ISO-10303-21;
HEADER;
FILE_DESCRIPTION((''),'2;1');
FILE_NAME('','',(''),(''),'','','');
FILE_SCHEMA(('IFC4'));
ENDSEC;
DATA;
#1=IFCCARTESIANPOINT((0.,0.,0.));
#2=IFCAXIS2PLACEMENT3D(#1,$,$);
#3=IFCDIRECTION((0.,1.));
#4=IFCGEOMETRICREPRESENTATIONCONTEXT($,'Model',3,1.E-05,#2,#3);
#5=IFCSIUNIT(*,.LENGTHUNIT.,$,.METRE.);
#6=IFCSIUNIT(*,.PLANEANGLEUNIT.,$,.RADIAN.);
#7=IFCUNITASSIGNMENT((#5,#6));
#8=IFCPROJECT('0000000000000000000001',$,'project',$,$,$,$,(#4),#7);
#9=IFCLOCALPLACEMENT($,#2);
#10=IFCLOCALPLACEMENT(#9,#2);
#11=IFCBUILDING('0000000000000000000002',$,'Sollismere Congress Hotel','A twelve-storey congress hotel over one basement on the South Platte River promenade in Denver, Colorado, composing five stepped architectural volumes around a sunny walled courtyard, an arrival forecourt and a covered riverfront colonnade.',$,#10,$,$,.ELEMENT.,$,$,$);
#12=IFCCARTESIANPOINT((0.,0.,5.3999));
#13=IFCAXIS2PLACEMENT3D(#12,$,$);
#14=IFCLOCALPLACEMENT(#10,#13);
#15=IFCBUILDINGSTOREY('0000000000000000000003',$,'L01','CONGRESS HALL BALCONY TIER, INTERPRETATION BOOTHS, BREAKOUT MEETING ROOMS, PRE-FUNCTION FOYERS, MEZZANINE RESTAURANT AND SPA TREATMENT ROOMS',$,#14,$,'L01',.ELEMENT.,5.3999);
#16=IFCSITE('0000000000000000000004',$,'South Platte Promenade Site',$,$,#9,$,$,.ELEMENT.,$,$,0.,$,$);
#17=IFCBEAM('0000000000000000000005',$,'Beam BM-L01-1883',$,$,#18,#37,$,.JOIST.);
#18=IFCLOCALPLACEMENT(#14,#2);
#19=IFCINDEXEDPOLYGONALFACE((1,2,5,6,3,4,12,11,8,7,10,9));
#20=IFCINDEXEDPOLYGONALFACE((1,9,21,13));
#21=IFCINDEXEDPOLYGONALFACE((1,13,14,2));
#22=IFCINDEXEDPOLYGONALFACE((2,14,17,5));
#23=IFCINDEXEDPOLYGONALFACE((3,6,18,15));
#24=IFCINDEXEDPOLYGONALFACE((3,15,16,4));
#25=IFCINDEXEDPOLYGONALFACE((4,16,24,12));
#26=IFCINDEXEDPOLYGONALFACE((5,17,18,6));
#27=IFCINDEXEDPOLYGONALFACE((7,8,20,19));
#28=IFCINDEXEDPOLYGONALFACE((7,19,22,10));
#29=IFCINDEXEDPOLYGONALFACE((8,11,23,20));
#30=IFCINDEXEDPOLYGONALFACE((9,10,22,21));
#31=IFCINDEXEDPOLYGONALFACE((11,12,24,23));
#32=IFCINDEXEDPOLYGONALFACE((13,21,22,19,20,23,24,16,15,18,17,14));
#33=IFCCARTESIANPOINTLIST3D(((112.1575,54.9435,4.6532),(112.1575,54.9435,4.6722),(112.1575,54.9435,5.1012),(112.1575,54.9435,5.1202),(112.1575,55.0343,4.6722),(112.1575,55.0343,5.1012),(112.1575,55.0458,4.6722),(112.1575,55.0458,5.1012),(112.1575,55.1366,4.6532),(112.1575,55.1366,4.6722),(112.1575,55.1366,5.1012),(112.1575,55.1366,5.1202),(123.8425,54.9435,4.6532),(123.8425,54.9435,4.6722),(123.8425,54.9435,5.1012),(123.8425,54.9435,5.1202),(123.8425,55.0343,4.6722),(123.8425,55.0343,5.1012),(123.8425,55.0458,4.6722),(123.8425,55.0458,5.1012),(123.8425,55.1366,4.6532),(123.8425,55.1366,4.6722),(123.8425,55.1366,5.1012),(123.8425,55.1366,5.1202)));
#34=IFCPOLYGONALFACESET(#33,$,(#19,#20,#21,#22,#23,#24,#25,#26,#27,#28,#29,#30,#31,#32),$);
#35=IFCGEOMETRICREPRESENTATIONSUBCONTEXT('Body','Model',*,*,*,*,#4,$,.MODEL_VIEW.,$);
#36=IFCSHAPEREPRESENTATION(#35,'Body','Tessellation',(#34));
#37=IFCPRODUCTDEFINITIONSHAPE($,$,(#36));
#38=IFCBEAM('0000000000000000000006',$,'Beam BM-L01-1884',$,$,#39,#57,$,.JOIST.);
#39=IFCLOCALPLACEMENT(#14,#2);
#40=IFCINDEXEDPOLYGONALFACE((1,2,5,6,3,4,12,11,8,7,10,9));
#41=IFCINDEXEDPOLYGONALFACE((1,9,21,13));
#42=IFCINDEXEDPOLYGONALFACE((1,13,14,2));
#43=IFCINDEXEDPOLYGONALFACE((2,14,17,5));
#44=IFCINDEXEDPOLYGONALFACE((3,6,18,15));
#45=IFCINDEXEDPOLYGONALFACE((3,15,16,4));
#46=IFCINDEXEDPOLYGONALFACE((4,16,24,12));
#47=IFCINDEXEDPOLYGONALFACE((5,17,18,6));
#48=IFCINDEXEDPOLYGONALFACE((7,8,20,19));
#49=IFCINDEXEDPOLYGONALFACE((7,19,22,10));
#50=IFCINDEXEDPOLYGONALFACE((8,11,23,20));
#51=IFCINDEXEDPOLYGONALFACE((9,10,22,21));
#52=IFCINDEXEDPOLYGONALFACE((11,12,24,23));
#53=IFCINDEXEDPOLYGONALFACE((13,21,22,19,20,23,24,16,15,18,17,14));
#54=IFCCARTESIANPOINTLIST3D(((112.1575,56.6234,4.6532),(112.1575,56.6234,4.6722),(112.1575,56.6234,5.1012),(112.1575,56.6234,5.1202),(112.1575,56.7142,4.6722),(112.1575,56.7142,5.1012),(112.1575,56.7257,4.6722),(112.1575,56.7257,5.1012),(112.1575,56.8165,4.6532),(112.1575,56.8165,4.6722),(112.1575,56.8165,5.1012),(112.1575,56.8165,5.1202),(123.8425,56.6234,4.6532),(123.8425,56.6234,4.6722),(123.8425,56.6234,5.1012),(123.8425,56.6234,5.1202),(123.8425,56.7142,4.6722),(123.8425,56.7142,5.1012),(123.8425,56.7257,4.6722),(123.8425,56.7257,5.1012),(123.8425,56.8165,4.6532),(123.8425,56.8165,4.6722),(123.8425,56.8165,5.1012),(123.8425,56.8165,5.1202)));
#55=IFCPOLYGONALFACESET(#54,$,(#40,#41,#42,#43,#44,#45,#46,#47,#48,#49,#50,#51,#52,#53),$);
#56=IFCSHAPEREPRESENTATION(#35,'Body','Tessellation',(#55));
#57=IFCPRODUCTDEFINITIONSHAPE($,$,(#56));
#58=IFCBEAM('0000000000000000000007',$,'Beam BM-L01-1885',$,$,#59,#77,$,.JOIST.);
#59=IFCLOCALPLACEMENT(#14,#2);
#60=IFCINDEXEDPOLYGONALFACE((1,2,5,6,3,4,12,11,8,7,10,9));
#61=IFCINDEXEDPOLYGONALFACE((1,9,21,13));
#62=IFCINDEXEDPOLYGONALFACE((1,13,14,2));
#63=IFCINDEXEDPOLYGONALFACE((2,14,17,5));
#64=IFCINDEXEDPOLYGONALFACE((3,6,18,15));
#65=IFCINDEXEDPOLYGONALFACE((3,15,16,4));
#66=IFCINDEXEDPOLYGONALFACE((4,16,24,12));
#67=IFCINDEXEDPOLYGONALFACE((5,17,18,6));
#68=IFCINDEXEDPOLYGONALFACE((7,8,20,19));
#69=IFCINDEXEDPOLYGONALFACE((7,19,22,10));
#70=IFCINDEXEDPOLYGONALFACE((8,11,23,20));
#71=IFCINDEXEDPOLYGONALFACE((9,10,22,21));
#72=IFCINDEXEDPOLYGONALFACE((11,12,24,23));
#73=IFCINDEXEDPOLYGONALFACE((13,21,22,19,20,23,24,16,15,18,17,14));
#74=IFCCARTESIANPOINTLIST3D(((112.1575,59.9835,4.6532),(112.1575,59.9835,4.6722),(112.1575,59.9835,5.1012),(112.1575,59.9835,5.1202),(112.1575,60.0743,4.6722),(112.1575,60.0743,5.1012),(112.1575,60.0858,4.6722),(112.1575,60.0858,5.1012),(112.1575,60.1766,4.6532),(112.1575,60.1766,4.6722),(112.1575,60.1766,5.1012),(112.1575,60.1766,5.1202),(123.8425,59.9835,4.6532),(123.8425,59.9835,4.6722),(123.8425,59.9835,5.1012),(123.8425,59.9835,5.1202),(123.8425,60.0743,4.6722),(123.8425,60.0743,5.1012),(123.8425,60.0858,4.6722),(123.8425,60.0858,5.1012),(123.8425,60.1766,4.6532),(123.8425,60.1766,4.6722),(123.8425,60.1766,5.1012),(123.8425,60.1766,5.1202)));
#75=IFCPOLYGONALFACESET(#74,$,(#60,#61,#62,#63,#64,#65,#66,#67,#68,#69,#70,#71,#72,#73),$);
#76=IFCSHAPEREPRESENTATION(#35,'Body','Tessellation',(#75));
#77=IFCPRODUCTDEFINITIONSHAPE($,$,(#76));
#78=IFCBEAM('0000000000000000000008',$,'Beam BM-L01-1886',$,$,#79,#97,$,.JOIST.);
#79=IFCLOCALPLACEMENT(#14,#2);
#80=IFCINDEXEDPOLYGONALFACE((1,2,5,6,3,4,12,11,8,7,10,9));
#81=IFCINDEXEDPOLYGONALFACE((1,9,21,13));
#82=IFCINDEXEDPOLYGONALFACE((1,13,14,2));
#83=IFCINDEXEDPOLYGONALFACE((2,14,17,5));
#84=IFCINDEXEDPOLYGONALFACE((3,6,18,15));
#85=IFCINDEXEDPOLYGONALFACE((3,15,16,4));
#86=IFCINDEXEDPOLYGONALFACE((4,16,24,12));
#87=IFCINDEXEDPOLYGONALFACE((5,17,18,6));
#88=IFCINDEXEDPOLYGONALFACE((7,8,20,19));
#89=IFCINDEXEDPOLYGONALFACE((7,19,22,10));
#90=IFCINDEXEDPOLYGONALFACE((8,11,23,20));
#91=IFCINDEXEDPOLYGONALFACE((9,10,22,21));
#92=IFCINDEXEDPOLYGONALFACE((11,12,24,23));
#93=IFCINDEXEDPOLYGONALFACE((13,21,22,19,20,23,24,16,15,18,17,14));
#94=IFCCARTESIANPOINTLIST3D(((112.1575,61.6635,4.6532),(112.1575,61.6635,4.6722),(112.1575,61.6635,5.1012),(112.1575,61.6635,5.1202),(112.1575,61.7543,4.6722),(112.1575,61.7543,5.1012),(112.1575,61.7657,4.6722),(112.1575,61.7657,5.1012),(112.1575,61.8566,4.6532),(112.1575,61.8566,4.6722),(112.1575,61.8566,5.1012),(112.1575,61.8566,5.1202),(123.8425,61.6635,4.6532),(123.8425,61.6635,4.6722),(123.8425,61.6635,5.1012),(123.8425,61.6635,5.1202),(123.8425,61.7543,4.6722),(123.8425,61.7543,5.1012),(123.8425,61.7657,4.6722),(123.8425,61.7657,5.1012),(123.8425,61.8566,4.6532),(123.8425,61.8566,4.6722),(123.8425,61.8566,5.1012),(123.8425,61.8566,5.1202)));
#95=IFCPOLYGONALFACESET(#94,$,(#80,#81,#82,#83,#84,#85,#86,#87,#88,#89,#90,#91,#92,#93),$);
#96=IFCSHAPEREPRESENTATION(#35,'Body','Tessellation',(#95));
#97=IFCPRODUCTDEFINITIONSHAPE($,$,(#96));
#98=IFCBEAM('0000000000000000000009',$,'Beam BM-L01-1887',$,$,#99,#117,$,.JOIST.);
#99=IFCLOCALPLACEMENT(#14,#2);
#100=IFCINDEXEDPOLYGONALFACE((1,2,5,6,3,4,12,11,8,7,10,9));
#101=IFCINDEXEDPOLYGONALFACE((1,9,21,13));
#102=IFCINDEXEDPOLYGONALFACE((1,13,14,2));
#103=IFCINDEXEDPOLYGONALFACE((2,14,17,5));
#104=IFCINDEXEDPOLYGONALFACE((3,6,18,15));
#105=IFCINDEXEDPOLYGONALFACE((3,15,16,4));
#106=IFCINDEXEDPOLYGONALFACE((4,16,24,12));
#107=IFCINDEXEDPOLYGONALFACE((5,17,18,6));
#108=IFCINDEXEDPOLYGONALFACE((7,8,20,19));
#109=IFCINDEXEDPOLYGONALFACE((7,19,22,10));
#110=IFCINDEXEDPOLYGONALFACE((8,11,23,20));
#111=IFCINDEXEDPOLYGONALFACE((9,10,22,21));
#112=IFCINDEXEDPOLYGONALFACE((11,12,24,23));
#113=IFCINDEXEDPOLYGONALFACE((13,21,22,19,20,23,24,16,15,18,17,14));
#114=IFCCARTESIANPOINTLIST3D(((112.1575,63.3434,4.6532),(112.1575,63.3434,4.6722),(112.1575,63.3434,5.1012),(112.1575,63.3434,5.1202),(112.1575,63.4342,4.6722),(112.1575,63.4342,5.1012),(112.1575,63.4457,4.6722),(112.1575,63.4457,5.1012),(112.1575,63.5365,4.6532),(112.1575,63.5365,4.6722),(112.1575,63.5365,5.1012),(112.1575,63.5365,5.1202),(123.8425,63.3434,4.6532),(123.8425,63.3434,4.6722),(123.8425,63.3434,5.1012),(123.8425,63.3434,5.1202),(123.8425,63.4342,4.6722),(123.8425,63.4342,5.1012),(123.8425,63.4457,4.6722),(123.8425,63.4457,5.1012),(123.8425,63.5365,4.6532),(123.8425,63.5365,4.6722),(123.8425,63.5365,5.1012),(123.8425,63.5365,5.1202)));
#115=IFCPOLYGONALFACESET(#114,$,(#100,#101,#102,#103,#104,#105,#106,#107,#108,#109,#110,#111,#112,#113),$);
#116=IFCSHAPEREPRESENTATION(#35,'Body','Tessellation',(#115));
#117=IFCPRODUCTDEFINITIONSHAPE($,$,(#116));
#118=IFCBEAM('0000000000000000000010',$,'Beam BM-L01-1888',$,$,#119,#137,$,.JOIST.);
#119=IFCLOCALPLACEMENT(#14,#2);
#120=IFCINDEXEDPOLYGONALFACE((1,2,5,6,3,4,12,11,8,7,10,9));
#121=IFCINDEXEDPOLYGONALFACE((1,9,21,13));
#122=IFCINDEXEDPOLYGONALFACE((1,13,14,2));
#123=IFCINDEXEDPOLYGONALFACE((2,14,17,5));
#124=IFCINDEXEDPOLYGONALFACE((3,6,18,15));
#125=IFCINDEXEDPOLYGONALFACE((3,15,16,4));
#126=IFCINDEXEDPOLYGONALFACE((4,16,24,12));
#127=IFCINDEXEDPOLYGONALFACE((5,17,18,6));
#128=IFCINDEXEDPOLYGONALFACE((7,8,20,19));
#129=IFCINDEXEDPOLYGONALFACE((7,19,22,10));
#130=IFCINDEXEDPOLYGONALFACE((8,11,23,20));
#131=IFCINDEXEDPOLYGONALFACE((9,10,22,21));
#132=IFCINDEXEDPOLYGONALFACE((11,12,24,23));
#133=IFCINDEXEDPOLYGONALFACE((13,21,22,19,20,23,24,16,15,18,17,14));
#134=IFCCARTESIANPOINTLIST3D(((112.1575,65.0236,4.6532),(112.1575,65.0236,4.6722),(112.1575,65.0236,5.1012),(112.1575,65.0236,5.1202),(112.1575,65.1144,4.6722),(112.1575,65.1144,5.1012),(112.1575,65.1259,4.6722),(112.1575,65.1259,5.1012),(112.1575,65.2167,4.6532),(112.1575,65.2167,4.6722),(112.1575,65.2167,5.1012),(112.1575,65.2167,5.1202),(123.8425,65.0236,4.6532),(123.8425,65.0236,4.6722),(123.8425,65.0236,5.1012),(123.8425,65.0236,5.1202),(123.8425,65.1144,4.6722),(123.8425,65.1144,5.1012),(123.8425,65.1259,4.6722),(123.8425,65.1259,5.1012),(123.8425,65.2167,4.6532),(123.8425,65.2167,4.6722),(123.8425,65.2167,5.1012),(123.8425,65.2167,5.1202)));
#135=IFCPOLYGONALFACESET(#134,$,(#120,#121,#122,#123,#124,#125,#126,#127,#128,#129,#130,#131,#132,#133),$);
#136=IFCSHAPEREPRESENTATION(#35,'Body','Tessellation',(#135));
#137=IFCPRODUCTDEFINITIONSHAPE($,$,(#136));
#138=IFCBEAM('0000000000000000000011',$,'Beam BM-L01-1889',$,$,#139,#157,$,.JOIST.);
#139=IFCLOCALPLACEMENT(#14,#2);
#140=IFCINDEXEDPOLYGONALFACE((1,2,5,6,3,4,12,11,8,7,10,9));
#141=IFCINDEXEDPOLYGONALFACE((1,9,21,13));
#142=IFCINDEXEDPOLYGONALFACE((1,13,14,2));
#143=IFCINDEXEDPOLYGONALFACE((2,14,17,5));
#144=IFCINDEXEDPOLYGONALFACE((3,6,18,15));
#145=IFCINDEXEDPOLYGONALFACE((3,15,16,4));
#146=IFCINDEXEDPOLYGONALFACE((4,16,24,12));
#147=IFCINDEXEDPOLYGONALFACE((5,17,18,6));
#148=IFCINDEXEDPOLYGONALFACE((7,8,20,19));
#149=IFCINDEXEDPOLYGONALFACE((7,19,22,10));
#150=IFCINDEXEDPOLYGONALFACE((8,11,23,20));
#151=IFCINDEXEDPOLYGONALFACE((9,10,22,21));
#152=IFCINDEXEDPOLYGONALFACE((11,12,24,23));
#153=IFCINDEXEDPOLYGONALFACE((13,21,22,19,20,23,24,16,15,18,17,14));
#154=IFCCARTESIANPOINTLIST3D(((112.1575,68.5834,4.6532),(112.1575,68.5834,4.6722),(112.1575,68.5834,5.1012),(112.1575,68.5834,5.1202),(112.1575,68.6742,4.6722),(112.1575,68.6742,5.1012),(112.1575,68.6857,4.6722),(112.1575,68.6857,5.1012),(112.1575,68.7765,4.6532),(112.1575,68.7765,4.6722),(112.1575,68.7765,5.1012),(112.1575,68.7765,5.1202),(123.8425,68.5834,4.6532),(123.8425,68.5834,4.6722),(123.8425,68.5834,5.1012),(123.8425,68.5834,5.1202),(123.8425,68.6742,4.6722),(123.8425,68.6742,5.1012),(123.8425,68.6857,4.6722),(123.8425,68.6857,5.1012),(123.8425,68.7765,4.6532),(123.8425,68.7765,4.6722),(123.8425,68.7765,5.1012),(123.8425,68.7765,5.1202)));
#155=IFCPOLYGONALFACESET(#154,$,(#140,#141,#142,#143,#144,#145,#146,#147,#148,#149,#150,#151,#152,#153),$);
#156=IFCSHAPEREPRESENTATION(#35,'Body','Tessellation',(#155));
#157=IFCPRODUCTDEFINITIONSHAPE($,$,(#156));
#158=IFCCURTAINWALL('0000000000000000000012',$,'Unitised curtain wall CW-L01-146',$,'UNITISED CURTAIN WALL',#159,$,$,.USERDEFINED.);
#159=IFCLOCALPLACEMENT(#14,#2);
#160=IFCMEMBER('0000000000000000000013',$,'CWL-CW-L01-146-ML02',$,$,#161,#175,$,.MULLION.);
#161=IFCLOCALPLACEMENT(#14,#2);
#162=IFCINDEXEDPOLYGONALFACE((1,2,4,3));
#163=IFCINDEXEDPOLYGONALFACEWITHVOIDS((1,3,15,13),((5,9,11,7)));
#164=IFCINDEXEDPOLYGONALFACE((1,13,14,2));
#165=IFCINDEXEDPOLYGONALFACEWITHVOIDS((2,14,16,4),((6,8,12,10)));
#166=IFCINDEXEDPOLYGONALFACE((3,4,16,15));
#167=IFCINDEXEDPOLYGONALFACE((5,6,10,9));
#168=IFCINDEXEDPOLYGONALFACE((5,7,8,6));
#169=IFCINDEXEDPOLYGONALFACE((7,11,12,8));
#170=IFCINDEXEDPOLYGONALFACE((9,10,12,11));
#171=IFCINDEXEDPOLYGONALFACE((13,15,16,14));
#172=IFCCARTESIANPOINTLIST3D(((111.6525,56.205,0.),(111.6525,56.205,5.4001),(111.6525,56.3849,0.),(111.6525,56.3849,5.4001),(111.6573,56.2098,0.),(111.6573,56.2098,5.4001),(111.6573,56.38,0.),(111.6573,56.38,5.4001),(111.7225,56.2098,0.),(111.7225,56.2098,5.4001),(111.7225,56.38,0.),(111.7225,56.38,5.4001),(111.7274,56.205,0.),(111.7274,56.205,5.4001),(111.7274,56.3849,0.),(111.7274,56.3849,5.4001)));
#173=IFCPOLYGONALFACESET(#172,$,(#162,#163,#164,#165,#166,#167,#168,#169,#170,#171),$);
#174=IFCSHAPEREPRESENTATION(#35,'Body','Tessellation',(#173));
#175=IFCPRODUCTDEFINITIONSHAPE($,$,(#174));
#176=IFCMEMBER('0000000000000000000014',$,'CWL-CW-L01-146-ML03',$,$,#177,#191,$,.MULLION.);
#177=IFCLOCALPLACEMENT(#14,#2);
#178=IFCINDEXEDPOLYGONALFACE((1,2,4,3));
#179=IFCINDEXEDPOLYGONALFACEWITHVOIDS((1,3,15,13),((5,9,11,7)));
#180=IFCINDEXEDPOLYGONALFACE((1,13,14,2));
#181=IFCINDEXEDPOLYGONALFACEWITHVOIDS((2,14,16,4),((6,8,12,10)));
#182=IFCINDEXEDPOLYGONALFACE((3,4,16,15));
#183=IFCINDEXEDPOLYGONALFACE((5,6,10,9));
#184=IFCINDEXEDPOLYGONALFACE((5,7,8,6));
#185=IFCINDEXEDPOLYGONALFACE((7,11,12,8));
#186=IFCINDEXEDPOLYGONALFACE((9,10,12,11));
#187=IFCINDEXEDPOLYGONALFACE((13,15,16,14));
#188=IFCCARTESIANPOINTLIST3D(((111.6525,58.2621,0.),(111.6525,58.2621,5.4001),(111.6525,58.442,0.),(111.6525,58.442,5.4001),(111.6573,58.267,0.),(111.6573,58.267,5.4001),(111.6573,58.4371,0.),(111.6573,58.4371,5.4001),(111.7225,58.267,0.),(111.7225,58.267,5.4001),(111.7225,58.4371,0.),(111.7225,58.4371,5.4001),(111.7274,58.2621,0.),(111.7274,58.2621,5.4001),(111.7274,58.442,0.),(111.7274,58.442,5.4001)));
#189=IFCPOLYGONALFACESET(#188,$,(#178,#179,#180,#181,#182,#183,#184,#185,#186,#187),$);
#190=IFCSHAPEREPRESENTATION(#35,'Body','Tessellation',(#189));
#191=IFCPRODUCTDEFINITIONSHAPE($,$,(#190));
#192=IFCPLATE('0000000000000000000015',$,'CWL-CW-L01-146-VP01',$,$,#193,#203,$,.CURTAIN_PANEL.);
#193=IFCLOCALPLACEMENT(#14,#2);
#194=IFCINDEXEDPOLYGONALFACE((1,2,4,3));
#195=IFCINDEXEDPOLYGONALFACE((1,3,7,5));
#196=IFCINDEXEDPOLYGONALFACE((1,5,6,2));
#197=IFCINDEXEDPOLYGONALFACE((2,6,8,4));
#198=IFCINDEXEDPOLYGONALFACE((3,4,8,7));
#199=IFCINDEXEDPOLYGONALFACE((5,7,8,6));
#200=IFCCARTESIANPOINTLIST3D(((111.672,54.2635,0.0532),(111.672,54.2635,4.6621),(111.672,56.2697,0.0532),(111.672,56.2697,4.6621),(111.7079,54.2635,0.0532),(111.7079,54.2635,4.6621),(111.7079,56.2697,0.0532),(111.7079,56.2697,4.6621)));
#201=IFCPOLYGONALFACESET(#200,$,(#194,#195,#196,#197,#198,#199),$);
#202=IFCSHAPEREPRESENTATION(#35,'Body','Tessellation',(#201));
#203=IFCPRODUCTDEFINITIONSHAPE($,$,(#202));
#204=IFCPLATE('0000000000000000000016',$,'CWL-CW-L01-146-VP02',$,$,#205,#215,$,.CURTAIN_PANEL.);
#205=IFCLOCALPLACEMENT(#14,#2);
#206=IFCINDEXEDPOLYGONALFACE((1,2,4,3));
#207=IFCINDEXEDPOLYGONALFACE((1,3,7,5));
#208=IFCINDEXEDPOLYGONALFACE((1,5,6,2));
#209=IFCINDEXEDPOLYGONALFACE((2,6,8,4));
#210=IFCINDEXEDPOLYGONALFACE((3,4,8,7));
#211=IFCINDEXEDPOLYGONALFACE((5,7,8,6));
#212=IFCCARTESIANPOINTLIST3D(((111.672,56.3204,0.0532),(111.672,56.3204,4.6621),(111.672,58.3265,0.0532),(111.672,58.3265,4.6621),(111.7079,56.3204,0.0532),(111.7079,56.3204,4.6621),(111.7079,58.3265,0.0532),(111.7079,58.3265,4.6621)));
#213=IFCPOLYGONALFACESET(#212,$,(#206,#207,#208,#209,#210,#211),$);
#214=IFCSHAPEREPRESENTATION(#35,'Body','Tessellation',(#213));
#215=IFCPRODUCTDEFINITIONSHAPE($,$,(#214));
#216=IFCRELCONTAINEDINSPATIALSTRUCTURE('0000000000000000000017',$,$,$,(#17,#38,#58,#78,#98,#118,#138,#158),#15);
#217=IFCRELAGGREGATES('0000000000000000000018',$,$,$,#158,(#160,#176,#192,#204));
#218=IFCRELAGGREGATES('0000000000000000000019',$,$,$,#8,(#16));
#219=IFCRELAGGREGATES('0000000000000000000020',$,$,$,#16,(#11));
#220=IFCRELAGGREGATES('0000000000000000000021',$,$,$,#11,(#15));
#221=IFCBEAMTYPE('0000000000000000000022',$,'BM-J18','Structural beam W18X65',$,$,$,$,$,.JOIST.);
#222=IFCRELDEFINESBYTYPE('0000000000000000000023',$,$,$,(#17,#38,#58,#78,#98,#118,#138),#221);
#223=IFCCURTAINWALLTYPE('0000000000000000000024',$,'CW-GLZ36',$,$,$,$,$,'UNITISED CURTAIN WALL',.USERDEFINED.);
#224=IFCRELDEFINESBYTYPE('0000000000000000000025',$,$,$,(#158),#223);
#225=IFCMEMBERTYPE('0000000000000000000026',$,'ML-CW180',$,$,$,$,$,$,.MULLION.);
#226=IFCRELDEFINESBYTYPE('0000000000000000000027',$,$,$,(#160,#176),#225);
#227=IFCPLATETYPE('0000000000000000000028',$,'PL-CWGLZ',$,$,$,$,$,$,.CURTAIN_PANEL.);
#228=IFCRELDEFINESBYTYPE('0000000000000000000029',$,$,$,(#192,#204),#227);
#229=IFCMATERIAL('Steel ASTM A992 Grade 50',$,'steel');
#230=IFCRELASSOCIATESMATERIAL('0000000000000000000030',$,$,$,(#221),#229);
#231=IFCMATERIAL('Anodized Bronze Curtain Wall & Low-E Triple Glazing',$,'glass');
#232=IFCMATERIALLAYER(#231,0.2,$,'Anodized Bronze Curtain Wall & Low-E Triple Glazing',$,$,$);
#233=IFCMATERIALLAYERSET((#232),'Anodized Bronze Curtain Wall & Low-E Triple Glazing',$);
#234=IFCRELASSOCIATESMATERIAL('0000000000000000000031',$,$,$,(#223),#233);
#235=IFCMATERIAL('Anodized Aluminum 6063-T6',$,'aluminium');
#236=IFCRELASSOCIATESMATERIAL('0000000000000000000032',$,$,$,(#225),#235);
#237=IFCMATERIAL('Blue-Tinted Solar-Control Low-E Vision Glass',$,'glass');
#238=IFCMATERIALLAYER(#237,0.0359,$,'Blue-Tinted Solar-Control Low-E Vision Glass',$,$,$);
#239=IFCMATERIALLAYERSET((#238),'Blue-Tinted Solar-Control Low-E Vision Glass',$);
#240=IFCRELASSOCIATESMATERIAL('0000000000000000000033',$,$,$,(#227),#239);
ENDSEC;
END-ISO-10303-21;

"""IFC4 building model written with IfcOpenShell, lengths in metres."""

from ifc_helpers import new_model, si_unit, direction, frame, origin, origin_2d, place, context, subcontext, project, spatial, rectangle, hollow_rectangle, i_section, extrude, material, layer, layer_set, material_profile, profile_set, type_object, element, aggregate, save


model = new_model("IFC4")

# Units and contexts
model_context = context("Model", 3, precision=1e-05, world=origin(), true_north=direction((0.0, 1.0)))
body_context = subcontext(model_context, "Body", "Model", "MODEL_VIEW")
ifc_project = project(units=[si_unit("LENGTHUNIT", "METRE"), si_unit("PLANEANGLEUNIT", "RADIAN")], contexts=[model_context])

# Site, building, storey
site_placement = place(None, origin())
site = spatial("IfcSite", under=ifc_project, at=site_placement, Name="South Platte Promenade Site", CompositionType="ELEMENT", RefElevation=0.0)
building_placement = place(site_placement, origin())
building = spatial("IfcBuilding", under=site, at=building_placement, Name="Sollismere Congress Hotel", Description="A twelve-storey congress hotel over one basement on the South Platte River promenade in Denver, Colorado, composing five stepped architectural volumes around a sunny walled courtyard, an arrival forecourt and a covered riverfront colonnade.", CompositionType="ELEMENT")
storey_placement = place(building_placement, frame((0.0, 0.0, 5.3999)))
storey = spatial("IfcBuildingStorey", under=building, at=storey_placement, Name="L01", Description="CONGRESS HALL BALCONY TIER, INTERPRETATION BOOTHS, BREAKOUT MEETING ROOMS, PRE-FUNCTION FOYERS, MEZZANINE RESTAURANT AND SPA TREATMENT ROOMS", LongName="L01", CompositionType="ELEMENT", Elevation=5.3999)

# Shared definitions
ifc_material_1 = material(Name="Steel ASTM A992 Grade 50", Category="steel")

# Beams
ifc_material_profile_1 = material_profile(ifc_material_1, i_section(OverallWidth=0.1931, OverallDepth=0.467, WebThickness=0.0115, FlangeThickness=0.019, at=origin_2d()), Name="W18X65")
ifc_profile_set_1 = profile_set([ifc_material_profile_1], Name="Steel ASTM A992 Grade 50")
beam_type_1 = type_object("IfcBeamType", Name="BM-J18", Description="Structural beam W18X65", PredefinedType="JOIST", material=ifc_profile_set_1)
for number, where, z_axis, x_axis, name in (
    (1, (112.1575, 55.04, 4.8867), (1.0, 0.0, 0.0), (0.0, 1.0, 0.0), "Beam BM-L01-1883"),
    (2, (112.1575, 56.72, 4.8867), (1.0, 0.0, 0.0), (0.0, 1.0, 0.0), "Beam BM-L01-1884"),
    (3, (112.1575, 60.0801, 4.8867), (1.0, 0.0, 0.0), (0.0, 1.0, 0.0), "Beam BM-L01-1885"),
    (4, (112.1575, 61.76, 4.8867), (1.0, 0.0, 0.0), (0.0, 1.0, 0.0), "Beam BM-L01-1886"),
    (5, (112.1575, 63.4399, 4.8867), (1.0, 0.0, 0.0), (0.0, 1.0, 0.0), "Beam BM-L01-1887"),
    (6, (112.1575, 65.1201, 4.8867), (1.0, 0.0, 0.0), (0.0, 1.0, 0.0), "Beam BM-L01-1888"),
    (7, (112.1575, 68.6799, 4.8867), (1.0, 0.0, 0.0), (0.0, 1.0, 0.0), "Beam BM-L01-1889"),
):
    element("IfcBeam", number, at=place(storey_placement, frame(where, z_axis=z_axis, x_axis=x_axis)), inside=storey, type_object=beam_type_1, Name=name, PredefinedType="JOIST", context=body_context, shape_type="SweptSolid", body=[
        extrude(i_section(OverallWidth=0.1931, OverallDepth=0.467, WebThickness=0.0115, FlangeThickness=0.019, at=origin_2d()), origin(), (0.0, 0.0, 1.0), 11.6851),
    ])

# Curtain wall, members, plates
ifc_material_2 = material(Name="Anodized Bronze Curtain Wall & Low-E Triple Glazing", Category="glass")
ifc_layer_1 = layer(ifc_material_2, 0.2, Name="Anodized Bronze Curtain Wall & Low-E Triple Glazing")
ifc_layer_set_1 = layer_set([ifc_layer_1], Name="Anodized Bronze Curtain Wall & Low-E Triple Glazing")
curtain_wall_type = type_object("IfcCurtainWallType", Name="CW-GLZ36", ElementType="UNITISED CURTAIN WALL", PredefinedType="USERDEFINED", material=ifc_layer_set_1)
curtain_wall_placement = place(storey_placement, origin())
curtain_wall = element("IfcCurtainWall", 8, at=curtain_wall_placement, inside=storey, type_object=curtain_wall_type, Name="Unitised curtain wall CW-L01-146", ObjectType="UNITISED CURTAIN WALL", PredefinedType="USERDEFINED")
ifc_material_3 = material(Name="Anodized Aluminum 6063-T6", Category="aluminium")
ifc_material_profile_2 = material_profile(ifc_material_3, hollow_rectangle(XDim=0.075, YDim=0.1799, WallThickness=0.0049, at=origin_2d()), Name="ALU180X75X5")
ifc_profile_set_2 = profile_set([ifc_material_profile_2], Name="Anodized Aluminum 6063-T6")
member_type = type_object("IfcMemberType", Name="ML-CW180", PredefinedType="MULLION", material=ifc_profile_set_2)
member_1_placement = place(storey_placement, frame((111.6899, 56.2949, 0.0), z_axis=(0.0, 0.0, 1.0), x_axis=(-1.0, 0.0, 0.0)))
member_1 = element("IfcMember", 9, at=member_1_placement, type_object=member_type, Name="CWL-CW-L01-146-ML02", PredefinedType="MULLION", context=body_context, shape_type="SweptSolid", body=[
    extrude(hollow_rectangle(XDim=0.075, YDim=0.1799, WallThickness=0.0049, at=origin_2d()), origin(), (0.0, 0.0, 1.0), 5.4001),
])
member_2_placement = place(storey_placement, frame((111.6899, 58.3521, 0.0), z_axis=(0.0, 0.0, 1.0), x_axis=(-1.0, 0.0, 0.0)))
member_2 = element("IfcMember", 10, at=member_2_placement, type_object=member_type, Name="CWL-CW-L01-146-ML03", PredefinedType="MULLION", context=body_context, shape_type="SweptSolid", body=[
    extrude(hollow_rectangle(XDim=0.075, YDim=0.1799, WallThickness=0.0049, at=origin_2d()), origin(), (0.0, 0.0, 1.0), 5.4001),
])
ifc_material_4 = material(Name="Blue-Tinted Solar-Control Low-E Vision Glass", Category="glass")
ifc_layer_2 = layer(ifc_material_4, 0.0359, Name="Blue-Tinted Solar-Control Low-E Vision Glass")
ifc_layer_set_2 = layer_set([ifc_layer_2], Name="Blue-Tinted Solar-Control Low-E Vision Glass")
plate_type_1 = type_object("IfcPlateType", Name="PL-CWGLZ", PredefinedType="CURTAIN_PANEL", material=ifc_layer_set_2)
plate_1_placement = place(storey_placement, frame((111.6899, 55.2666, 0.0532), z_axis=(0.0, 0.0, 1.0), x_axis=(0.0, 1.0, 0.0)))
plate_1 = element("IfcPlate", 11, at=plate_1_placement, type_object=plate_type_1, Name="CWL-CW-L01-146-VP01", PredefinedType="CURTAIN_PANEL", context=body_context, shape_type="SweptSolid", body=[
    extrude(rectangle(XDim=2.0061, YDim=0.0359, at=origin_2d()), origin(), (0.0, 0.0, 1.0), 4.6089),
])
plate_2_placement = place(storey_placement, frame((111.6899, 57.3235, 0.0532), z_axis=(0.0, 0.0, 1.0), x_axis=(0.0, 1.0, 0.0)))
plate_2 = element("IfcPlate", 12, at=plate_2_placement, type_object=plate_type_1, Name="CWL-CW-L01-146-VP02", PredefinedType="CURTAIN_PANEL", context=body_context, shape_type="SweptSolid", body=[
    extrude(rectangle(XDim=2.0061, YDim=0.0359, at=origin_2d()), origin(), (0.0, 0.0, 1.0), 4.6089),
])
aggregate(curtain_wall, [member_1, member_2, plate_1, plate_2])

save(model, "model.ifc")
